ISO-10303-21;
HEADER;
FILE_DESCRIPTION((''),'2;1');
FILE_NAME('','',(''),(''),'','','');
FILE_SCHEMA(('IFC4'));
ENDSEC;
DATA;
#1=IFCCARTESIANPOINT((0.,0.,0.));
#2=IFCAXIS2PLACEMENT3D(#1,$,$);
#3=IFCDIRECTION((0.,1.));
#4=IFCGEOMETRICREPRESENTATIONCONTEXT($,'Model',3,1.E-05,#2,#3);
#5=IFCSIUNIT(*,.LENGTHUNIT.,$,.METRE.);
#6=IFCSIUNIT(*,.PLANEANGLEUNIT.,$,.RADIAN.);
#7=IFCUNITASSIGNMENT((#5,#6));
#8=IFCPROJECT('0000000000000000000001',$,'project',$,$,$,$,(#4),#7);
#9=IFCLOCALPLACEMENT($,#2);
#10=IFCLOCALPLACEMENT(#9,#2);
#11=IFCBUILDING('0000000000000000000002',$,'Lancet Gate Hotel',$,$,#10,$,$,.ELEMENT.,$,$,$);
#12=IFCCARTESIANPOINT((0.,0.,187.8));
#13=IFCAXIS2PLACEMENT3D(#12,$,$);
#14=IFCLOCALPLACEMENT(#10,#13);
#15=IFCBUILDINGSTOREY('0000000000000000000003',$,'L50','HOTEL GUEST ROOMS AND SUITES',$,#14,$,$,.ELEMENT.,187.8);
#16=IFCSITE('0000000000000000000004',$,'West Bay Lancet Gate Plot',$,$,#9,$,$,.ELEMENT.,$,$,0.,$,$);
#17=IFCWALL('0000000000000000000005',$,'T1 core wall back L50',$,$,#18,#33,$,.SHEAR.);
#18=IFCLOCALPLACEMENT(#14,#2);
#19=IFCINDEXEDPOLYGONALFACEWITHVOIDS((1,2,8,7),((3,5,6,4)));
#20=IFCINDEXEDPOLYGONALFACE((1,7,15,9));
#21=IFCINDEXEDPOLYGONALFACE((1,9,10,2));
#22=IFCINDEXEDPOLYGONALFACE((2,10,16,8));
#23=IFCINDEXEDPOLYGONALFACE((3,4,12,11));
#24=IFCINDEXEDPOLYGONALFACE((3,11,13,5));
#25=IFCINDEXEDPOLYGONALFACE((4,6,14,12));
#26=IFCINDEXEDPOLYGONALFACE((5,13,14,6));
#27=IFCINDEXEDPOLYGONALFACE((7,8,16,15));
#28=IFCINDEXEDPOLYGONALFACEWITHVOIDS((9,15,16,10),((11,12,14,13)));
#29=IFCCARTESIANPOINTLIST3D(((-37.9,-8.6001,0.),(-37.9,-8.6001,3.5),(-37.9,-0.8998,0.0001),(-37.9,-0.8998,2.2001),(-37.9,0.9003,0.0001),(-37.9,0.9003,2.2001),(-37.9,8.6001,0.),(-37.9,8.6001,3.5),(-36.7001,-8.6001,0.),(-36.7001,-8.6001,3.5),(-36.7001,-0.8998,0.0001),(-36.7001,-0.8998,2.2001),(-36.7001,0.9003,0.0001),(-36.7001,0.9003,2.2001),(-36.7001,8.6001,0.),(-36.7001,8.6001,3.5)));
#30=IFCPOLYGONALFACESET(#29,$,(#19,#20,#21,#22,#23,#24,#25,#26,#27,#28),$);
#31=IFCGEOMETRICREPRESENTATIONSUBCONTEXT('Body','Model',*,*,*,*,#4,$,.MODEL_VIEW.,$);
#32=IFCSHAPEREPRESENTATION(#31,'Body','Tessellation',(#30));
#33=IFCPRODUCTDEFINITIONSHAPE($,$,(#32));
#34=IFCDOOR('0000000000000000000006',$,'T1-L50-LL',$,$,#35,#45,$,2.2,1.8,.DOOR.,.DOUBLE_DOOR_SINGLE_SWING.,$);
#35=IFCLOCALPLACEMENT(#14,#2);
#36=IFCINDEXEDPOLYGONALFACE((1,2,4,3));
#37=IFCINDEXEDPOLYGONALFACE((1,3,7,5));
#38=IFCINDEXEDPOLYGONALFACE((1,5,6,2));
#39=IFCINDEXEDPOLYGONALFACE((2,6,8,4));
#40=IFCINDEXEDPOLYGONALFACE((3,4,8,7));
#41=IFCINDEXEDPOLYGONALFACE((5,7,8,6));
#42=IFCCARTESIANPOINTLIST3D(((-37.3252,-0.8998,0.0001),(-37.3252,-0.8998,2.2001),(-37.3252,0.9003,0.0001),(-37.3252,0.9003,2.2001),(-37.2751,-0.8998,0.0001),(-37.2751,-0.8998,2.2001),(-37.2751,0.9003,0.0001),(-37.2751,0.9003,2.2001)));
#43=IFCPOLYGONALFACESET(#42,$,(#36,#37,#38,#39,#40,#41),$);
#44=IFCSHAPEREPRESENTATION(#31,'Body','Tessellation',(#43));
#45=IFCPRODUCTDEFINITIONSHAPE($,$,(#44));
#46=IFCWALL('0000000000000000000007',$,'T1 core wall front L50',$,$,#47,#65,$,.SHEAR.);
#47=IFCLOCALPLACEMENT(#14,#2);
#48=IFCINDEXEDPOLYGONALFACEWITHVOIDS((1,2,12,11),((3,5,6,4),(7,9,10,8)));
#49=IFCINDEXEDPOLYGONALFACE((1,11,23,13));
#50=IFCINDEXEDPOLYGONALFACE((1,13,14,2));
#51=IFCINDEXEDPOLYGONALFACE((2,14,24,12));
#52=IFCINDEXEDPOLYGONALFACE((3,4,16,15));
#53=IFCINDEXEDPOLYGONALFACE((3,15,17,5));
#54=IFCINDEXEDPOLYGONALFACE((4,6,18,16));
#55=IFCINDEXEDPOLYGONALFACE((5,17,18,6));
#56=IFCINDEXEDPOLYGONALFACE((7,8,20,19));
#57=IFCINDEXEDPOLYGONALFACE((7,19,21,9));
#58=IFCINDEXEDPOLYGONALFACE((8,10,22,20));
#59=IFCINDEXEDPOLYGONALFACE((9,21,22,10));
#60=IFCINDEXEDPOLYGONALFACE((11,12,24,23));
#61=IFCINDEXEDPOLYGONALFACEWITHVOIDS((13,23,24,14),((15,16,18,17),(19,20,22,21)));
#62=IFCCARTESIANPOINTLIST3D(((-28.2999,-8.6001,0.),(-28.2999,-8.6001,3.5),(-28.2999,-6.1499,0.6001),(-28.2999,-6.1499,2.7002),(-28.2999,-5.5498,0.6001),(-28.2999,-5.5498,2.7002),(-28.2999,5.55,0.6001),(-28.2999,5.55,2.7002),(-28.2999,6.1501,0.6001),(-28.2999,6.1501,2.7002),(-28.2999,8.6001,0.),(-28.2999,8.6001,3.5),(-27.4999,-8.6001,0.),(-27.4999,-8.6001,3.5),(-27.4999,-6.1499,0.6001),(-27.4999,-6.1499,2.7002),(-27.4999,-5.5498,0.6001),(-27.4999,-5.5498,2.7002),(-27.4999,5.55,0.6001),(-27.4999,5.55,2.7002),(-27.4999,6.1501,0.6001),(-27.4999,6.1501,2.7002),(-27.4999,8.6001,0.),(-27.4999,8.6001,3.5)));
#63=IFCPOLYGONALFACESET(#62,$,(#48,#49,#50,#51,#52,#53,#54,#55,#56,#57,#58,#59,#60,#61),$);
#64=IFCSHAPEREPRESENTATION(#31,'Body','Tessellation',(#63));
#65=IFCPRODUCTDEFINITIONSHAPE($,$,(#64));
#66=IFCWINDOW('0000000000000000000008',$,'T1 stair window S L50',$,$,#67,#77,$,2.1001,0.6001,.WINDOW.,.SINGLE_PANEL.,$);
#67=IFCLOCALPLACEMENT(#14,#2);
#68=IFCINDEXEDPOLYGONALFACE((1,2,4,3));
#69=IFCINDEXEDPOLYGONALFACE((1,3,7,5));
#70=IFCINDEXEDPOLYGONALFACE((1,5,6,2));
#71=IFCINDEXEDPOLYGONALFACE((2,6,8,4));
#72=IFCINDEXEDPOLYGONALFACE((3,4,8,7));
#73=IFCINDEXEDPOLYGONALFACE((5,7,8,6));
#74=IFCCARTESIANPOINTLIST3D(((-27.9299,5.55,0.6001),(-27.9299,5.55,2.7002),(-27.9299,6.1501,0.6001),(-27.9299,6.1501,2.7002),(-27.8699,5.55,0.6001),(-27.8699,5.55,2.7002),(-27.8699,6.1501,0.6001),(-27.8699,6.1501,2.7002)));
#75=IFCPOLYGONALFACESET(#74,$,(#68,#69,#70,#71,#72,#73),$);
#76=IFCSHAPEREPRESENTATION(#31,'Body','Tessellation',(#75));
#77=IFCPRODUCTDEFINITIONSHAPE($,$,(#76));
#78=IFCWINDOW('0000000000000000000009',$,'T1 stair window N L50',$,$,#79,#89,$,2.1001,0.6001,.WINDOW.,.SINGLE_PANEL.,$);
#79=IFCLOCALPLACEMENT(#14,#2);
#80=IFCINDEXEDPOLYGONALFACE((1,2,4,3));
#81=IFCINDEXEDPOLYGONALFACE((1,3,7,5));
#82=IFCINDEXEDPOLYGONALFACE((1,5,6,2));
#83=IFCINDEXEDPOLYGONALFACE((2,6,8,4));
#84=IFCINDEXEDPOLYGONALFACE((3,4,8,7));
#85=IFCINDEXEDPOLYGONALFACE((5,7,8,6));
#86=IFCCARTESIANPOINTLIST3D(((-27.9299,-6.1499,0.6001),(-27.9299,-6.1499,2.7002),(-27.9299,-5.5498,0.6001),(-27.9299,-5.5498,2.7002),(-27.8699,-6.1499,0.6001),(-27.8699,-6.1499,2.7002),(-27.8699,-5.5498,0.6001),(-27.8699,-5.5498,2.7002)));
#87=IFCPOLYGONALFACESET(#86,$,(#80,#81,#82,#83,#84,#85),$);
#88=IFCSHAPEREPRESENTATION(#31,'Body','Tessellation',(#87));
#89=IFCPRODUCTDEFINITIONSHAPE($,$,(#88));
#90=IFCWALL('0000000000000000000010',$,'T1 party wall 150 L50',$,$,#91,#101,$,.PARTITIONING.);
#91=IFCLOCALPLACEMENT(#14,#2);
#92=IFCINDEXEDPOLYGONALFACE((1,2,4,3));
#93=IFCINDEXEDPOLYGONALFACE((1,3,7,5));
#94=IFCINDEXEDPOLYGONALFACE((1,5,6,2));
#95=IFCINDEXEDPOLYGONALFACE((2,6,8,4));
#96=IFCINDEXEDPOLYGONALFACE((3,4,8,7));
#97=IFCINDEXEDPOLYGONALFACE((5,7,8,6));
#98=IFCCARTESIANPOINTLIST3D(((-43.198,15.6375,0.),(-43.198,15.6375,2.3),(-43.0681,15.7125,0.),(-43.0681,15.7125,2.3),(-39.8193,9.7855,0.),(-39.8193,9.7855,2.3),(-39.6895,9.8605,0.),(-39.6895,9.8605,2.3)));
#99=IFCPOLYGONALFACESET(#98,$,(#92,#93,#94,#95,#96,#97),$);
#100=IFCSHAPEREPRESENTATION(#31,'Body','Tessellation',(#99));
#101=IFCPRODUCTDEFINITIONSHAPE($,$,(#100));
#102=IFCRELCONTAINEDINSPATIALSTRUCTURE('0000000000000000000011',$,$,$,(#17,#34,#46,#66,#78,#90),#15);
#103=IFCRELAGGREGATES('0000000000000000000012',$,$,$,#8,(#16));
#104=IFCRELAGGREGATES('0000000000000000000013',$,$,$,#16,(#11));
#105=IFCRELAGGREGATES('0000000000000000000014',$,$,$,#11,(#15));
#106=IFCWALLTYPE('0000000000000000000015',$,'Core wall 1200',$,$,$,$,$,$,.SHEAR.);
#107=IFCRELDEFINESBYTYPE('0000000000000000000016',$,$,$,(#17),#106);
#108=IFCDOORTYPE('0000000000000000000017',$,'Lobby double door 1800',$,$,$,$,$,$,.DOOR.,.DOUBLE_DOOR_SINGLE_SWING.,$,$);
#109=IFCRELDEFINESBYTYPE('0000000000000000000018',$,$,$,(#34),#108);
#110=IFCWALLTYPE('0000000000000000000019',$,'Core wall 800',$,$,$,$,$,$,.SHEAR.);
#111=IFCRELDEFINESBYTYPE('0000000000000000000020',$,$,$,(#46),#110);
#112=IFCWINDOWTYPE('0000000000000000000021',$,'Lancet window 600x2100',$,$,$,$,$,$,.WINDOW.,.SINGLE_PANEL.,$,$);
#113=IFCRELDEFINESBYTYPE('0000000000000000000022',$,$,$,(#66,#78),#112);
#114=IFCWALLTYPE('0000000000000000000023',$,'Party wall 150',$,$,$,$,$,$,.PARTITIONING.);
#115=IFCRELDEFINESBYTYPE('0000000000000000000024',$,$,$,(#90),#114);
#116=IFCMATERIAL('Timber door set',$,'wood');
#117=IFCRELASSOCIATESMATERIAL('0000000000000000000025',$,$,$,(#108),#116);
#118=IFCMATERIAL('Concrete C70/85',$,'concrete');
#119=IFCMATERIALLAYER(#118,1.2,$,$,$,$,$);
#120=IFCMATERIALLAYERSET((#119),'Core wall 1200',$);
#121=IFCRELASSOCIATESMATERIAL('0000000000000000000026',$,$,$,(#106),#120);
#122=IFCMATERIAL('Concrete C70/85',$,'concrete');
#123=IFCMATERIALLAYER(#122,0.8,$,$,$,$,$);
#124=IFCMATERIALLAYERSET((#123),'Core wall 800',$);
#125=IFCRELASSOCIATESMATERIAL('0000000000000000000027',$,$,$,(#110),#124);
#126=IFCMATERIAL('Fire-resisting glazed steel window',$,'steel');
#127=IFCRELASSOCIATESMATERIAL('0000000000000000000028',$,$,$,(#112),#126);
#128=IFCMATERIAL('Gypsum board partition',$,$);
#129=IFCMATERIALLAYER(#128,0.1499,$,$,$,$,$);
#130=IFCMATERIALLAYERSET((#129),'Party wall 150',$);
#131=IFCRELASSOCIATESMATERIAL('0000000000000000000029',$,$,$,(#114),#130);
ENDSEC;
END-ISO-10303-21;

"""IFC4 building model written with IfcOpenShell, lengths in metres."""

from ifc_helpers import new_model, si_unit, direction, frame, frame_2d, origin, place, context, subcontext, project, spatial, rectangle, extrude, material, layer, layer_set, type_object, element, fill, save


model = new_model("IFC4")

# Units and contexts
model_context = context("Model", 3, precision=1e-05, world=origin(), true_north=direction((0.0, 1.0)))
body_context = subcontext(model_context, "Body", "Model", "MODEL_VIEW")
ifc_project = project(units=[si_unit("LENGTHUNIT", "METRE"), si_unit("PLANEANGLEUNIT", "RADIAN")], contexts=[model_context])

# Site, building, storey
site_placement = place(None, origin())
site = spatial("IfcSite", under=ifc_project, at=site_placement, Name="West Bay Lancet Gate Plot", CompositionType="ELEMENT", RefElevation=0.0)
building_placement = place(site_placement, origin())
building = spatial("IfcBuilding", under=site, at=building_placement, Name="Lancet Gate Hotel", CompositionType="ELEMENT")
storey_placement = place(building_placement, frame((0.0, 0.0, 187.8)))
storey = spatial("IfcBuildingStorey", under=building, at=storey_placement, Name="L50", Description="HOTEL GUEST ROOMS AND SUITES", CompositionType="ELEMENT", Elevation=187.8)

# Shared definitions
ifc_material_1 = material(Name="Timber door set", Category="wood")
door_type_1 = type_object("IfcDoorType", Name="Lobby double door 1800", OperationType="DOUBLE_DOOR_SINGLE_SWING", PredefinedType="DOOR", material=ifc_material_1)

# Wall, opening, door
ifc_material_2 = material(Name="Concrete C70/85", Category="concrete")
ifc_layer_1 = layer(ifc_material_2, 1.2)
ifc_layer_set_1 = layer_set([ifc_layer_1], Name="Core wall 1200")
wall_type_1 = type_object("IfcWallType", Name="Core wall 1200", PredefinedType="SHEAR", material=ifc_layer_set_1)
wall_1_placement = place(storey_placement, frame((-37.3, 8.6001, 0.0), z_axis=(0.0, 0.0, 1.0), x_axis=(0.0, -1.0, 0.0)))
wall_1 = element("IfcWall", 1, at=wall_1_placement, inside=storey, type_object=wall_type_1, Name="T1 core wall back L50", PredefinedType="SHEAR", context=body_context, shape_type="SweptSolid", body=[
    extrude(rectangle(XDim=17.2002, YDim=1.2, at=frame_2d((8.6001, 0.0))), origin(), (0.0, 0.0, 1.0), 3.5),
])
opening_1_placement = place(wall_1_placement, frame((7.7, 0.0, 0.0)))
opening_1 = element("IfcOpeningElement", 2, at=opening_1_placement, cuts=wall_1, PredefinedType="OPENING", context=body_context, shape_type="SweptSolid", body=[
    extrude(rectangle(XDim=1.8, YDim=2.2, at=frame_2d((0.8999, 1.1001))), frame((0.0, 0.6099, 0.0), z_axis=(0.0, -1.0, 0.0), x_axis=(1.0, 0.0, 0.0)), (0.0, 0.0, 1.0), 1.22),
])
door_1_placement = place(opening_1_placement, origin())
door_1 = element("IfcDoor", 3, at=door_1_placement, inside=storey, type_object=door_type_1, Name="T1-L50-LL", OperationType="DOUBLE_DOOR_SINGLE_SWING", OverallHeight=2.2, OverallWidth=1.8, PredefinedType="DOOR", context=body_context, shape_type="SweptSolid", body=[
    extrude(rectangle(XDim=1.8, YDim=2.2, at=frame_2d((0.8999, 1.1001))), frame((0.0, 0.0249, 0.0), z_axis=(0.0, -1.0, 0.0), x_axis=(1.0, 0.0, 0.0)), (0.0, 0.0, 1.0), 0.05),
])
fill(opening_1, door_1)

# Wall, openings, windows
ifc_material_3 = material(Name="Concrete C70/85", Category="concrete")
ifc_layer_2 = layer(ifc_material_3, 0.8)
ifc_layer_set_2 = layer_set([ifc_layer_2], Name="Core wall 800")
wall_type_2 = type_object("IfcWallType", Name="Core wall 800", PredefinedType="SHEAR", material=ifc_layer_set_2)
wall_2_placement = place(storey_placement, frame((-27.8999, 8.6001, 0.0), z_axis=(0.0, 0.0, 1.0), x_axis=(0.0, -1.0, 0.0)))
wall_2 = element("IfcWall", 4, at=wall_2_placement, inside=storey, type_object=wall_type_2, Name="T1 core wall front L50", PredefinedType="SHEAR", context=body_context, shape_type="SweptSolid", body=[
    extrude(rectangle(XDim=17.2002, YDim=0.8, at=frame_2d((8.6001, 0.0))), origin(), (0.0, 0.0, 1.0), 3.5),
])
opening_2_placement = place(wall_2_placement, frame((2.45, 0.0, 0.6001)))
opening_2 = element("IfcOpeningElement", 5, at=opening_2_placement, cuts=wall_2, PredefinedType="OPENING", context=body_context, shape_type="SweptSolid", body=[
    extrude(rectangle(XDim=0.6001, YDim=2.1001, at=frame_2d((0.3, 1.05))), frame((0.0, 0.4099, 0.0), z_axis=(0.0, -1.0, 0.0), x_axis=(1.0, 0.0, 0.0)), (0.0, 0.0, 1.0), 0.8201),
])
opening_3_placement = place(wall_2_placement, frame((14.1499, 0.0, 0.6001)))
opening_3 = element("IfcOpeningElement", 6, at=opening_3_placement, cuts=wall_2, PredefinedType="OPENING", context=body_context, shape_type="SweptSolid", body=[
    extrude(rectangle(XDim=0.6001, YDim=2.1001, at=frame_2d((0.3, 1.05))), frame((0.0, 0.4099, 0.0), z_axis=(0.0, -1.0, 0.0), x_axis=(1.0, 0.0, 0.0)), (0.0, 0.0, 1.0), 0.8201),
])
ifc_material_4 = material(Name="Fire-resisting glazed steel window", Category="steel")
window_type = type_object("IfcWindowType", Name="Lancet window 600x2100", PartitioningType="SINGLE_PANEL", PredefinedType="WINDOW", material=ifc_material_4)
window_1_placement = place(opening_2_placement, origin())
window_1 = element("IfcWindow", 7, at=window_1_placement, inside=storey, type_object=window_type, Name="T1 stair window S L50", OverallHeight=2.1001, OverallWidth=0.6001, PartitioningType="SINGLE_PANEL", PredefinedType="WINDOW", context=body_context, shape_type="SweptSolid", body=[
    extrude(rectangle(XDim=0.6001, YDim=2.1001, at=frame_2d((0.3, 1.05))), frame((0.0, 0.03, 0.0), z_axis=(0.0, -1.0, 0.0), x_axis=(1.0, 0.0, 0.0)), (0.0, 0.0, 1.0), 0.0601),
])
fill(opening_2, window_1)
window_2_placement = place(opening_3_placement, origin())
window_2 = element("IfcWindow", 8, at=window_2_placement, inside=storey, type_object=window_type, Name="T1 stair window N L50", OverallHeight=2.1001, OverallWidth=0.6001, PartitioningType="SINGLE_PANEL", PredefinedType="WINDOW", context=body_context, shape_type="SweptSolid", body=[
    extrude(rectangle(XDim=0.6001, YDim=2.1001, at=frame_2d((0.3, 1.05))), frame((0.0, 0.03, 0.0), z_axis=(0.0, -1.0, 0.0), x_axis=(1.0, 0.0, 0.0)), (0.0, 0.0, 1.0), 0.0601),
])
fill(opening_3, window_2)

# Wall
ifc_material_5 = material(Name="Gypsum board partition")
ifc_layer_3 = layer(ifc_material_5, 0.1499)
ifc_layer_set_3 = layer_set([ifc_layer_3], Name="Party wall 150")
wall_type_3 = type_object("IfcWallType", Name="Party wall 150", PredefinedType="PARTITIONING", material=ifc_layer_set_3)
wall_3_placement = place(storey_placement, frame((-39.7544, 9.823, 0.0), z_axis=(0.0, 0.0, 1.0), x_axis=(-0.499998, 0.866027, 0.0)))
element("IfcWall", 9, at=wall_3_placement, inside=storey, type_object=wall_type_3, Name="T1 party wall 150 L50", PredefinedType="PARTITIONING", context=body_context, shape_type="SweptSolid", body=[
    extrude(rectangle(XDim=6.7573, YDim=0.1499, at=frame_2d((3.3787, 0.0))), origin(), (0.0, 0.0, 1.0), 2.3),
])

save(model, "model.ifc")
